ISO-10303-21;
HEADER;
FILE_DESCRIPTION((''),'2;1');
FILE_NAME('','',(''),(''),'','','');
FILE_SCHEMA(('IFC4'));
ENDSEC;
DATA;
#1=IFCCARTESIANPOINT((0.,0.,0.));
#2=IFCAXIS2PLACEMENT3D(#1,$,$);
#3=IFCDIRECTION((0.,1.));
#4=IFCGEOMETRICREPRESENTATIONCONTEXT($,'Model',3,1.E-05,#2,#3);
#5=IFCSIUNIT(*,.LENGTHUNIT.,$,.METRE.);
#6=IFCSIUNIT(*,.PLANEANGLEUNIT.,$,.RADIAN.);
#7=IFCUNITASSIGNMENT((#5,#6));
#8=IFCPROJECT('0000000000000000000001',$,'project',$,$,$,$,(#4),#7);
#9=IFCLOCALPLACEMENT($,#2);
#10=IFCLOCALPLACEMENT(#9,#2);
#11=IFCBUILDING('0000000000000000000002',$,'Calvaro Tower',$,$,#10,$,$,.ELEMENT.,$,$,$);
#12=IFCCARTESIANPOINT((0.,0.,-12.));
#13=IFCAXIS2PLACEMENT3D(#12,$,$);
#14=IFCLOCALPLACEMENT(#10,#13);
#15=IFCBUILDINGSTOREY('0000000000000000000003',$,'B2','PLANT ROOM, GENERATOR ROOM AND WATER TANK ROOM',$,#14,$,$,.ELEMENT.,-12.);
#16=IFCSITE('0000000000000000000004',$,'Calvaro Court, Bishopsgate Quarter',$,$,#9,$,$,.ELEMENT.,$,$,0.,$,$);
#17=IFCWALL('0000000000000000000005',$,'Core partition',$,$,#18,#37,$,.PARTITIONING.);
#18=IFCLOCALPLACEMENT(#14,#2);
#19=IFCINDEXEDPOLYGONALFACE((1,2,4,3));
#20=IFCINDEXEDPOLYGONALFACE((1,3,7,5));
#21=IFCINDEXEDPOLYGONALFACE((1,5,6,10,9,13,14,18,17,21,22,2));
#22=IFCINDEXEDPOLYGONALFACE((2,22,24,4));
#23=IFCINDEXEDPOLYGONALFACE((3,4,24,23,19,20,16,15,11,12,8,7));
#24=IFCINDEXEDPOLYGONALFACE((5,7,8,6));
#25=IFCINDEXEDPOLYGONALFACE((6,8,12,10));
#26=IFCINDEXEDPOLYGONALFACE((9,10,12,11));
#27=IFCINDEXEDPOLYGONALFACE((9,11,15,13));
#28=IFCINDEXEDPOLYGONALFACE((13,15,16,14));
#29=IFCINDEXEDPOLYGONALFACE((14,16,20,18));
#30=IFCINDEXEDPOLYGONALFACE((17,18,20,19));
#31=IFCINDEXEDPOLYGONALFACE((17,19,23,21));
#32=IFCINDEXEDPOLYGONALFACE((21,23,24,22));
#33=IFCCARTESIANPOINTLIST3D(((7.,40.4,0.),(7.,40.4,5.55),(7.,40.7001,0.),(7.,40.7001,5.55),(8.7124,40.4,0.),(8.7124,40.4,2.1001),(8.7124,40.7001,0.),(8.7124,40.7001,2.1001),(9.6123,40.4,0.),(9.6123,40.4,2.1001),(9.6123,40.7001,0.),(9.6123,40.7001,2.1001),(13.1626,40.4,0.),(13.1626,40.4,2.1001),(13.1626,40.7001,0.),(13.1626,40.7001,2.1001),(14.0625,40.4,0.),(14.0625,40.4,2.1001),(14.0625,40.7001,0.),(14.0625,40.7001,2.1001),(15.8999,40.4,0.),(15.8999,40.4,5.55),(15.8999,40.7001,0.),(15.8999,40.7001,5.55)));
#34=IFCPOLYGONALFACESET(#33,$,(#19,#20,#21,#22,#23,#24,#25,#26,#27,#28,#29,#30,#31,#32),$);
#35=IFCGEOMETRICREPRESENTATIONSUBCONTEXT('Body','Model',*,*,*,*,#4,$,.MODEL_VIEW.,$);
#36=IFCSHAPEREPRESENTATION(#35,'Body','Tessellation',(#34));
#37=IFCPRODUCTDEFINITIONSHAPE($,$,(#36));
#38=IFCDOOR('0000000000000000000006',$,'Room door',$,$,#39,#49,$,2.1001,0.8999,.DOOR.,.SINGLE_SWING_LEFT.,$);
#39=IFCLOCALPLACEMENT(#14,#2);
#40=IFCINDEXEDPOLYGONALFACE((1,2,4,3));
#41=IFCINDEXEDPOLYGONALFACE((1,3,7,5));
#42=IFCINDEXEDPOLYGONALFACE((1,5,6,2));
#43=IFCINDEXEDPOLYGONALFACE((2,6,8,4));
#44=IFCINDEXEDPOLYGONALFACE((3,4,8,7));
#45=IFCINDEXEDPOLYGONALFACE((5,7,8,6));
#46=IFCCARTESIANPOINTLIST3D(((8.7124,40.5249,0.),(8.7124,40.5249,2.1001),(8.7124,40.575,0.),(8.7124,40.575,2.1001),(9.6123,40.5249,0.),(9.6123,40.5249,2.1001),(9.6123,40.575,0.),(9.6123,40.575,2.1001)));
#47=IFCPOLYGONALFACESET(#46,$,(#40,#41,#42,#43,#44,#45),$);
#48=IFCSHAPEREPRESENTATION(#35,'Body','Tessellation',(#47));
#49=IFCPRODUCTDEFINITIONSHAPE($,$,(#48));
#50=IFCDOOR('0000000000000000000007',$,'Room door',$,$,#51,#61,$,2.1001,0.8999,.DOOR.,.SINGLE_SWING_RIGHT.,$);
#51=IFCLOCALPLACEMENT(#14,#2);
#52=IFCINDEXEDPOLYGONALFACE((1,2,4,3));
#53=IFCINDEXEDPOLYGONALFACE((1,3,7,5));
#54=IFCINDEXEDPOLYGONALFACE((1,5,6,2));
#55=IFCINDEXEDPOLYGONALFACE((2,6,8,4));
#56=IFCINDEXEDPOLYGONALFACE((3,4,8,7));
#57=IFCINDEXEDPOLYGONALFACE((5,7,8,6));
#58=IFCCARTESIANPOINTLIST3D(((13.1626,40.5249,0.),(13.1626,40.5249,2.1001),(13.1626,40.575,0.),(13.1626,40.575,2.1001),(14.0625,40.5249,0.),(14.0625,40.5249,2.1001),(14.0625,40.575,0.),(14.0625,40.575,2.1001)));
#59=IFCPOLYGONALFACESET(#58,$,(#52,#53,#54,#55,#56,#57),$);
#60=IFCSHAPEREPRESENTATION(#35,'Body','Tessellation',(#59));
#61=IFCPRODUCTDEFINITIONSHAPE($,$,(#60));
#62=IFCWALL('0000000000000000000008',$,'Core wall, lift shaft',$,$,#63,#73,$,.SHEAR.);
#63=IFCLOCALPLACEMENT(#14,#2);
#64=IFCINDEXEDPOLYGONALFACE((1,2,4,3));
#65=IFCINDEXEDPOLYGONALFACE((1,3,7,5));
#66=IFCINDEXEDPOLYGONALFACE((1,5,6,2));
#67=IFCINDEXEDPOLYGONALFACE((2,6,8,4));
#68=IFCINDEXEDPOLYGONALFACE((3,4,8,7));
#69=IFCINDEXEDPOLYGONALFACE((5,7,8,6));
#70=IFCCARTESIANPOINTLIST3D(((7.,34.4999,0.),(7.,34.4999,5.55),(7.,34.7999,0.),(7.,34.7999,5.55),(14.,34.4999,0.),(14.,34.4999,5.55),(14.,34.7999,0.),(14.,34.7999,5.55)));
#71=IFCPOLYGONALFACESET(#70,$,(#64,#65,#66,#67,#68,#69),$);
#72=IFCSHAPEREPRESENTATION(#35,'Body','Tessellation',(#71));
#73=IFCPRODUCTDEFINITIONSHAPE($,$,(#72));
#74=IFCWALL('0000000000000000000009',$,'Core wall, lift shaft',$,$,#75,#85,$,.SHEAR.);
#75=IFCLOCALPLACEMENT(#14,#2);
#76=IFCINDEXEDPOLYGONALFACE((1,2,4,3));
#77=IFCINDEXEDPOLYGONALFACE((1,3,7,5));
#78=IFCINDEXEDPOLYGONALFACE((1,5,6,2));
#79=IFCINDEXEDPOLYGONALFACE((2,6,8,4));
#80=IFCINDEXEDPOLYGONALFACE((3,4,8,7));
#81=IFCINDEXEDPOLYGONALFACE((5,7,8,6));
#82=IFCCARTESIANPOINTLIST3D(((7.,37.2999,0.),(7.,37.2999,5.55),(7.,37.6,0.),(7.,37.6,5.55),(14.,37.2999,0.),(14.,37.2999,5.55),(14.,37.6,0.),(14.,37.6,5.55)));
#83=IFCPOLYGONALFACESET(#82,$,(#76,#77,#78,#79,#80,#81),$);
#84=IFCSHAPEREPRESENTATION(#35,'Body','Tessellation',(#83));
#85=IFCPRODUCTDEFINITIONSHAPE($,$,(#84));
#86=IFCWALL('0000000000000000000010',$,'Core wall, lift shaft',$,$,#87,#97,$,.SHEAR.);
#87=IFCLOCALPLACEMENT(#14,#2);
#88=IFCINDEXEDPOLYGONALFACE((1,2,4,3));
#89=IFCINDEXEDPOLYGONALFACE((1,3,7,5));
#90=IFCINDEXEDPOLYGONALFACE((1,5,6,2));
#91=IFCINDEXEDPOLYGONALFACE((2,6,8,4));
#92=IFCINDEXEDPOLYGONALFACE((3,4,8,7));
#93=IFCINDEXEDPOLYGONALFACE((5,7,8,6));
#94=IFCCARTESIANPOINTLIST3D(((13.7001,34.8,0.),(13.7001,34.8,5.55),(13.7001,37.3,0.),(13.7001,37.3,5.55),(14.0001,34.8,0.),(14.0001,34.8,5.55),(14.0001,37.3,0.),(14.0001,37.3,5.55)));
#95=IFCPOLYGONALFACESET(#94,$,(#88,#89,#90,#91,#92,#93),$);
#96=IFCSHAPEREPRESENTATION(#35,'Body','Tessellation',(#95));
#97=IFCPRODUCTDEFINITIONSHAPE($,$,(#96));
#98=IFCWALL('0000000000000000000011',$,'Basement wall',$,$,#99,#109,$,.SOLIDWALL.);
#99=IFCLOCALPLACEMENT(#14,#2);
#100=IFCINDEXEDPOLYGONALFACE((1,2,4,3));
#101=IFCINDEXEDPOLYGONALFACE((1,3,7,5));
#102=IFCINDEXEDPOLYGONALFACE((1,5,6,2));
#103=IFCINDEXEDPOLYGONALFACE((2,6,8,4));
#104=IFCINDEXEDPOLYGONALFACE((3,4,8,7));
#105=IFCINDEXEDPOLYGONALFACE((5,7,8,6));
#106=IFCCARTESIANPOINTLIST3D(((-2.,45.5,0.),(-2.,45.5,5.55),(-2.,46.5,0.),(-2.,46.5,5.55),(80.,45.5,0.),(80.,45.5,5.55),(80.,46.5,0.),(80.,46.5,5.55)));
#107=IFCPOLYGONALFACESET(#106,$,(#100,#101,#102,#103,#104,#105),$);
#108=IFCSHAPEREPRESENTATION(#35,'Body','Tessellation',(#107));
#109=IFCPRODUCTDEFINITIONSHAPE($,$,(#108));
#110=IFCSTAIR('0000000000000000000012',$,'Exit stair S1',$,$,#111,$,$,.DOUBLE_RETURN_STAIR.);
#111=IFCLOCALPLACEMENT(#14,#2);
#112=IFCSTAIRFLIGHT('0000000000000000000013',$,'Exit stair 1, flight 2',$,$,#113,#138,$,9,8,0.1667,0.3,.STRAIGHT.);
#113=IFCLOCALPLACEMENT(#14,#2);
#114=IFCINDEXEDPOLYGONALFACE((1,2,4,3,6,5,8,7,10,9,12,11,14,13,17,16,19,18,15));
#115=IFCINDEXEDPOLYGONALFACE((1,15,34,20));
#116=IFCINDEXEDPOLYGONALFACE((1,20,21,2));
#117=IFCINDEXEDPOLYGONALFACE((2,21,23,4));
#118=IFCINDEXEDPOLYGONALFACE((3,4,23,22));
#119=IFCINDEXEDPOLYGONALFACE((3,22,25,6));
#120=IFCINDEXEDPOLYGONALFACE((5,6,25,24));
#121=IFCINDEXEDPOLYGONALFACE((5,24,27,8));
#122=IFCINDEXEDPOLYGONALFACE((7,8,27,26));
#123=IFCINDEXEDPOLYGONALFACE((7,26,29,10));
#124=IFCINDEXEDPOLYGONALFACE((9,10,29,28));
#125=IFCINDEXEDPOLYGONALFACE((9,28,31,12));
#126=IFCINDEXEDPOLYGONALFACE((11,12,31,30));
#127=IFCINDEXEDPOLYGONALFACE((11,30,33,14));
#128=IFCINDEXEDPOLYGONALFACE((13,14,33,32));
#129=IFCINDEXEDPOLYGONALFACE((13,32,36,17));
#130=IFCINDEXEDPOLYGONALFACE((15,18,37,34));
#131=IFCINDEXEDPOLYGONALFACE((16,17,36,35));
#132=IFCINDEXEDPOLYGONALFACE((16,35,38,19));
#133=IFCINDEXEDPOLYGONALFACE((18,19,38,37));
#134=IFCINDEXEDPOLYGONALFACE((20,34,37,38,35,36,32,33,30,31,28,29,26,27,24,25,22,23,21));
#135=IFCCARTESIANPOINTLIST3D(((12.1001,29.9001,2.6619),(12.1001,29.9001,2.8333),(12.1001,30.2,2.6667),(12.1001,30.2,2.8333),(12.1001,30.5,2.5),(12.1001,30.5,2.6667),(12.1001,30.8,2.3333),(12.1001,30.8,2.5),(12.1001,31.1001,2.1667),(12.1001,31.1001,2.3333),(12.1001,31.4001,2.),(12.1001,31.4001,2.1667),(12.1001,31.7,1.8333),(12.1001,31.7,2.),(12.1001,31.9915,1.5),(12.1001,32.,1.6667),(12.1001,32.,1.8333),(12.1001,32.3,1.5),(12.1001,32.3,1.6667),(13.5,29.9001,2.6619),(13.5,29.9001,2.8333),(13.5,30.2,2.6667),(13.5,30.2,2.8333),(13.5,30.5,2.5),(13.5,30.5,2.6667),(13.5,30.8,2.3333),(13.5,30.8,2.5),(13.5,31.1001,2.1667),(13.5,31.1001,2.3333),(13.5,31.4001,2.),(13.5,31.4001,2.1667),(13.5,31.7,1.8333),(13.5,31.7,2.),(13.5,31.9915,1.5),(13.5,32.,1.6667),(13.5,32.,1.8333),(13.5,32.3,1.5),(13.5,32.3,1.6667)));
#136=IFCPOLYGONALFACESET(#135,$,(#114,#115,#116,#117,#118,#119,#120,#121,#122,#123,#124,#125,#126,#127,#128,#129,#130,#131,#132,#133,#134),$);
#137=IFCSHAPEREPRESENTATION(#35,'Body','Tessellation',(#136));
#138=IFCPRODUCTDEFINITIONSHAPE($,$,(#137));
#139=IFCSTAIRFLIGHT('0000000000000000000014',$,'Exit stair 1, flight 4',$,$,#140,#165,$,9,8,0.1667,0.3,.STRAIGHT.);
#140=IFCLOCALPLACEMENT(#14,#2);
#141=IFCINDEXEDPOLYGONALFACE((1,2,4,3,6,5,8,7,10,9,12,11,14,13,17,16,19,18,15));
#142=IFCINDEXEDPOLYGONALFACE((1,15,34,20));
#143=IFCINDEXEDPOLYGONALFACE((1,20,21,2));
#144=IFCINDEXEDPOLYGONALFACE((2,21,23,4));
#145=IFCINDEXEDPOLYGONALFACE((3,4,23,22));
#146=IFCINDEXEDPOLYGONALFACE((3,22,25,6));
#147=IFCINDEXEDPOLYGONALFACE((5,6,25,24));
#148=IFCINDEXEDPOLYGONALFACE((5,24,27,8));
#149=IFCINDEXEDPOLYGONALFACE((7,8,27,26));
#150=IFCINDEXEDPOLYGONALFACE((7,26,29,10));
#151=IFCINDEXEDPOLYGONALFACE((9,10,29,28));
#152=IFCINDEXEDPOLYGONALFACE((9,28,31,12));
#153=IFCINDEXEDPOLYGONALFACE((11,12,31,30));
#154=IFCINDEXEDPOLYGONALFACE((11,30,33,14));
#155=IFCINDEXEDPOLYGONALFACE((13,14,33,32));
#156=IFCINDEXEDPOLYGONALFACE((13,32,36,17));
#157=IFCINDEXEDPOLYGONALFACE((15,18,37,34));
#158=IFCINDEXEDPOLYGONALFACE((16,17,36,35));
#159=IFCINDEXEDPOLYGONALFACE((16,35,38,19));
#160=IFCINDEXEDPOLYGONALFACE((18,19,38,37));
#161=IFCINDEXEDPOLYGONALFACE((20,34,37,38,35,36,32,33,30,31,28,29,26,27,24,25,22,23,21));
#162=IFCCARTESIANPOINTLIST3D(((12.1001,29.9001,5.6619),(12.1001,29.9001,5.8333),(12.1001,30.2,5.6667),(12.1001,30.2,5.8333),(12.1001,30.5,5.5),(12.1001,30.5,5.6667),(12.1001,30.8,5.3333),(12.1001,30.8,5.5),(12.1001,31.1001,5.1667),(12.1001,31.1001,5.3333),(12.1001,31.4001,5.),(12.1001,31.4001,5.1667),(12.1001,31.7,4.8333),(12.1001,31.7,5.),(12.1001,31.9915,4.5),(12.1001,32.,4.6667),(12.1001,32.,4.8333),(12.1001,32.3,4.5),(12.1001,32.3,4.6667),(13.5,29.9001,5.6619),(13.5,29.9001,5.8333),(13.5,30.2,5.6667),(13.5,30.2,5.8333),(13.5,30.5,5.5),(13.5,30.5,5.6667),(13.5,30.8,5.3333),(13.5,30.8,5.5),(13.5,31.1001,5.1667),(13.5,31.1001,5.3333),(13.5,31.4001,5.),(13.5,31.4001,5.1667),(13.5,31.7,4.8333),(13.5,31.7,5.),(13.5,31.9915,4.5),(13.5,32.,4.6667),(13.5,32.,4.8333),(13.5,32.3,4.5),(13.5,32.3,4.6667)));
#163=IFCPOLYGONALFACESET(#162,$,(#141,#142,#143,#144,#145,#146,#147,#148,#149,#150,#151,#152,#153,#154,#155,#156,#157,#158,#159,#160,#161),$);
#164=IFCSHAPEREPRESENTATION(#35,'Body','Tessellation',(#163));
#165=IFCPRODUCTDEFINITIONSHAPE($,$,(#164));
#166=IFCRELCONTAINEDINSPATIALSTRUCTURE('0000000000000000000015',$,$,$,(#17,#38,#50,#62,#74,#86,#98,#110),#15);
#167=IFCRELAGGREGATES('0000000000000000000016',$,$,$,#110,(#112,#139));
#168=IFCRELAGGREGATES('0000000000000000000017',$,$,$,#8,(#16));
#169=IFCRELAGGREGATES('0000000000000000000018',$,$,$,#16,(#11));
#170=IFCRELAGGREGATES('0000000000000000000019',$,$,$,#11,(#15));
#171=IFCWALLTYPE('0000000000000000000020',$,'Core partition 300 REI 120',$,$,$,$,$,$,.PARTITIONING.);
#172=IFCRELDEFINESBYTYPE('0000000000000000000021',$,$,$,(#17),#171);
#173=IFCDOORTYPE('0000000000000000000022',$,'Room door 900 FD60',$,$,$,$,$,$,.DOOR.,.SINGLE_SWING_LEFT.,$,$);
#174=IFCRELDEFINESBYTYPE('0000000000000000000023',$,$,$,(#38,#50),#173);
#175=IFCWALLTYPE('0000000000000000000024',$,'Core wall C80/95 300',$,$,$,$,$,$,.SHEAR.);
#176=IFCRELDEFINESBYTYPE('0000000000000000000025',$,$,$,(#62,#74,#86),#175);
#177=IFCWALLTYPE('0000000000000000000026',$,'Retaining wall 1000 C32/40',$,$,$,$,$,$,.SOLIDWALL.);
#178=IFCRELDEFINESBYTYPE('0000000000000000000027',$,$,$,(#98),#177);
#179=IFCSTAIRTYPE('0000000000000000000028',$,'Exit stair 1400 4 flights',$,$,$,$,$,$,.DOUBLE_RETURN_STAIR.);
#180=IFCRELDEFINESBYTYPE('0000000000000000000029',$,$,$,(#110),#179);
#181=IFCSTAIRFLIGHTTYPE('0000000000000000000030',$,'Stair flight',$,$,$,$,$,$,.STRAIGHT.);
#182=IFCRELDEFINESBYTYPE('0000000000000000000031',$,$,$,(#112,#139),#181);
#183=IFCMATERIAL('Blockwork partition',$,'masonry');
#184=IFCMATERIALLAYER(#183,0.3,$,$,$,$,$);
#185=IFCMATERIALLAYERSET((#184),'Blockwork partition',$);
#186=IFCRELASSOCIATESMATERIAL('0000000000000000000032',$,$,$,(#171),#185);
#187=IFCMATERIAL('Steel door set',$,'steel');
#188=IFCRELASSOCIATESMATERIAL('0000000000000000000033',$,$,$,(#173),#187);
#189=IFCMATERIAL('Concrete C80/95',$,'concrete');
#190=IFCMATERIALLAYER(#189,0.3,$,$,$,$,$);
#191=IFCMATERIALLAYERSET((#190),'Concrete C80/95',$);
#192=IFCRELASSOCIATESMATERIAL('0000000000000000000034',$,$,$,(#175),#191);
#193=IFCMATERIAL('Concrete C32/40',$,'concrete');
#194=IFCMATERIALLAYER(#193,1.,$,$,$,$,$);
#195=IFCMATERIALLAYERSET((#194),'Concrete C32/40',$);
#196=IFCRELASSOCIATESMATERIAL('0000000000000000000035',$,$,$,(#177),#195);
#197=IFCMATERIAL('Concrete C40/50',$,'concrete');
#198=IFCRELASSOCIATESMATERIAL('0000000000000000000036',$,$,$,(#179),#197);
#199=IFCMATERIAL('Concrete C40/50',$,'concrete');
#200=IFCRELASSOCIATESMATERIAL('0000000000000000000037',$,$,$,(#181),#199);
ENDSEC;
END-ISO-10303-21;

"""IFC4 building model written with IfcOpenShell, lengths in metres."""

from ifc_helpers import new_model, si_unit, direction, frame, frame_2d, origin, place, context, subcontext, project, spatial, polyline, rectangle, outline, extrude, material, layer, layer_set, type_object, element, fill, aggregate, save


model = new_model("IFC4")

# Units and contexts
model_context = context("Model", 3, precision=1e-05, world=origin(), true_north=direction((0.0, 1.0)))
body_context = subcontext(model_context, "Body", "Model", "MODEL_VIEW")
ifc_project = project(units=[si_unit("LENGTHUNIT", "METRE"), si_unit("PLANEANGLEUNIT", "RADIAN")], contexts=[model_context])

# Site, building, storey
site_placement = place(None, origin())
site = spatial("IfcSite", under=ifc_project, at=site_placement, Name="Calvaro Court, Bishopsgate Quarter", CompositionType="ELEMENT", RefElevation=0.0)
building_placement = place(site_placement, origin())
building = spatial("IfcBuilding", under=site, at=building_placement, Name="Calvaro Tower", CompositionType="ELEMENT")
storey_placement = place(building_placement, frame((0.0, 0.0, -12.0)))
storey = spatial("IfcBuildingStorey", under=building, at=storey_placement, Name="B2", Description="PLANT ROOM, GENERATOR ROOM AND WATER TANK ROOM", CompositionType="ELEMENT", Elevation=-12.0)

# Wall, openings, doors
ifc_material_1 = material(Name="Blockwork partition", Category="masonry")
ifc_layer_1 = layer(ifc_material_1, 0.3)
ifc_layer_set_1 = layer_set([ifc_layer_1], Name="Blockwork partition")
wall_type_1 = type_object("IfcWallType", Name="Core partition 300 REI 120", PredefinedType="PARTITIONING", material=ifc_layer_set_1)
wall_1_placement = place(storey_placement, frame((7.0, 40.55, 0.0), z_axis=(0.0, 0.0, 1.0), x_axis=(1.0, 0.0, 0.0)))
wall_1 = element("IfcWall", 1, at=wall_1_placement, inside=storey, type_object=wall_type_1, Name="Core partition", PredefinedType="PARTITIONING", context=body_context, shape_type="SweptSolid", body=[
    extrude(rectangle(XDim=8.8999, YDim=0.3, at=frame_2d((4.45, 0.0))), origin(), (0.0, 0.0, 1.0), 5.55),
])
opening_1_placement = place(wall_1_placement, frame((1.7124, 0.0, 0.0)))
opening_1 = element("IfcOpeningElement", 2, at=opening_1_placement, cuts=wall_1, PredefinedType="OPENING", context=body_context, shape_type="SweptSolid", body=[
    extrude(rectangle(XDim=0.8999, YDim=2.1001, at=frame_2d((0.45, 1.05))), frame((0.0, 0.1599, 0.0), z_axis=(0.0, -1.0, 0.0), x_axis=(1.0, 0.0, 0.0)), (0.0, 0.0, 1.0), 0.3201),
])
opening_2_placement = place(wall_1_placement, frame((6.1626, 0.0, 0.0)))
opening_2 = element("IfcOpeningElement", 3, at=opening_2_placement, cuts=wall_1, PredefinedType="OPENING", context=body_context, shape_type="SweptSolid", body=[
    extrude(rectangle(XDim=0.8999, YDim=2.1001, at=frame_2d((0.45, 1.05))), frame((0.0, 0.1599, 0.0), z_axis=(0.0, -1.0, 0.0), x_axis=(1.0, 0.0, 0.0)), (0.0, 0.0, 1.0), 0.3201),
])
ifc_material_2 = material(Name="Steel door set", Category="steel")
door_type = type_object("IfcDoorType", Name="Room door 900 FD60", OperationType="SINGLE_SWING_LEFT", PredefinedType="DOOR", material=ifc_material_2)
door_1_placement = place(opening_1_placement, origin())
door_1 = element("IfcDoor", 4, at=door_1_placement, inside=storey, type_object=door_type, Name="Room door", OperationType="SINGLE_SWING_LEFT", OverallHeight=2.1001, OverallWidth=0.8999, PredefinedType="DOOR", context=body_context, shape_type="SweptSolid", body=[
    extrude(rectangle(XDim=0.8999, YDim=2.1001, at=frame_2d((0.45, 1.05))), frame((0.0, 0.0249, 0.0), z_axis=(0.0, -1.0, 0.0), x_axis=(1.0, 0.0, 0.0)), (0.0, 0.0, 1.0), 0.05),
])
fill(opening_1, door_1)
door_2_placement = place(opening_2_placement, origin())
door_2 = element("IfcDoor", 5, at=door_2_placement, inside=storey, type_object=door_type, Name="Room door", OperationType="SINGLE_SWING_RIGHT", OverallHeight=2.1001, OverallWidth=0.8999, PredefinedType="DOOR", context=body_context, shape_type="SweptSolid", body=[
    extrude(rectangle(XDim=0.8999, YDim=2.1001, at=frame_2d((0.45, 1.05))), frame((0.0, 0.0249, 0.0), z_axis=(0.0, -1.0, 0.0), x_axis=(1.0, 0.0, 0.0)), (0.0, 0.0, 1.0), 0.05),
])
fill(opening_2, door_2)

# Walls
ifc_material_3 = material(Name="Concrete C80/95", Category="concrete")
ifc_layer_2 = layer(ifc_material_3, 0.3)
ifc_layer_set_2 = layer_set([ifc_layer_2], Name="Concrete C80/95")
wall_type_2 = type_object("IfcWallType", Name="Core wall C80/95 300", PredefinedType="SHEAR", material=ifc_layer_set_2)
for number, where, z_axis, x_axis, name in (
    (6, (7.0, 34.6499, 0.0), (0.0, 0.0, 1.0), (1.0, 0.0, 0.0), "Core wall, lift shaft"),
    (7, (7.0, 37.45, 0.0), (0.0, 0.0, 1.0), (1.0, 0.0, 0.0), "Core wall, lift shaft"),
):
    element("IfcWall", number, at=place(storey_placement, frame(where, z_axis=z_axis, x_axis=x_axis)), inside=storey, type_object=wall_type_2, Name=name, PredefinedType="SHEAR", context=body_context, shape_type="SweptSolid", body=[
        extrude(rectangle(XDim=7.0, YDim=0.3, at=frame_2d((3.5, 0.0))), origin(), (0.0, 0.0, 1.0), 5.55),
    ])
wall_2_placement = place(storey_placement, frame((13.8501, 34.8, 0.0), z_axis=(0.0, 0.0, 1.0), x_axis=(0.0, 1.0, 0.0)))
element("IfcWall", 8, at=wall_2_placement, inside=storey, type_object=wall_type_2, Name="Core wall, lift shaft", PredefinedType="SHEAR", context=body_context, shape_type="SweptSolid", body=[
    extrude(rectangle(XDim=2.5, YDim=0.3, at=frame_2d((1.25, 0.0))), origin(), (0.0, 0.0, 1.0), 5.55),
])
ifc_material_4 = material(Name="Concrete C32/40", Category="concrete")
ifc_layer_3 = layer(ifc_material_4, 1.0)
ifc_layer_set_3 = layer_set([ifc_layer_3], Name="Concrete C32/40")
wall_type_3 = type_object("IfcWallType", Name="Retaining wall 1000 C32/40", PredefinedType="SOLIDWALL", material=ifc_layer_set_3)
wall_3_placement = place(storey_placement, frame((-2.0, 46.0, 0.0), z_axis=(0.0, 0.0, 1.0), x_axis=(1.0, 0.0, 0.0)))
element("IfcWall", 9, at=wall_3_placement, inside=storey, type_object=wall_type_3, Name="Basement wall", PredefinedType="SOLIDWALL", context=body_context, shape_type="SweptSolid", body=[
    extrude(rectangle(XDim=82.0, YDim=1.0, at=frame_2d((41.0, 0.0))), origin(), (0.0, 0.0, 1.0), 5.55),
])

# Stair, stair flights
ifc_material_5 = material(Name="Concrete C40/50", Category="concrete")
stair_type = type_object("IfcStairType", Name="Exit stair 1400 4 flights", PredefinedType="DOUBLE_RETURN_STAIR", material=ifc_material_5)
stair_placement = place(storey_placement, origin())
stair = element("IfcStair", 10, at=stair_placement, inside=storey, type_object=stair_type, Name="Exit stair S1", PredefinedType="DOUBLE_RETURN_STAIR")
ifc_material_6 = material(Name="Concrete C40/50", Category="concrete")
stair_flight_type = type_object("IfcStairFlightType", Name="Stair flight", PredefinedType="STRAIGHT", material=ifc_material_6)
stair_flight_1_placement = place(storey_placement, frame((12.8, 32.3, 1.5), z_axis=(0.0, 0.0, 1.0), x_axis=(0.0, -1.0, 0.0)))
stair_flight_1 = element("IfcStairFlight", 11, at=stair_flight_1_placement, type_object=stair_flight_type, Name="Exit stair 1, flight 2", NumberOfRisers=9, NumberOfTreads=8, PredefinedType="STRAIGHT", RiserHeight=0.1667, TreadLength=0.3, context=body_context, shape_type="SweptSolid", body=[
    extrude(outline(polyline([(0.0, 0.0), (0.0, 0.1667), (0.3, 0.1667), (0.3, 0.3333), (0.6001, 0.3333), (0.6001, 0.5), (0.8999, 0.5), (0.8999, 0.6667), (1.2, 0.6667), (1.2, 0.8333), (1.5, 0.8333), (1.5, 1.0), (1.8, 1.0), (1.8, 1.1667), (2.1001, 1.1667), (2.1001, 1.3333), (2.3999, 1.3333), (2.3999, 1.5), (2.3999, 1.1619), (0.3086, 0.0), (0.0, 0.0)])), frame((0.0, 0.7, 0.0), z_axis=(0.0, -1.0, 0.0), x_axis=(1.0, 0.0, 0.0)), (0.0, 0.0, 1.0), 1.3999),
])
stair_flight_2_placement = place(storey_placement, frame((12.8, 32.3, 4.5), z_axis=(0.0, 0.0, 1.0), x_axis=(0.0, -1.0, 0.0)))
stair_flight_2 = element("IfcStairFlight", 12, at=stair_flight_2_placement, type_object=stair_flight_type, Name="Exit stair 1, flight 4", NumberOfRisers=9, NumberOfTreads=8, PredefinedType="STRAIGHT", RiserHeight=0.1667, TreadLength=0.3, context=body_context, shape_type="SweptSolid", body=[
    extrude(outline(polyline([(0.0, 0.0), (0.0, 0.1667), (0.3, 0.1667), (0.3, 0.3333), (0.6001, 0.3333), (0.6001, 0.5), (0.8999, 0.5), (0.8999, 0.6667), (1.2, 0.6667), (1.2, 0.8333), (1.5, 0.8333), (1.5, 1.0), (1.8, 1.0), (1.8, 1.1667), (2.1001, 1.1667), (2.1001, 1.3333), (2.3999, 1.3333), (2.3999, 1.5), (2.3999, 1.1619), (0.3086, 0.0), (0.0, 0.0)])), frame((0.0, 0.7, 0.0), z_axis=(0.0, -1.0, 0.0), x_axis=(1.0, 0.0, 0.0)), (0.0, 0.0, 1.0), 1.3999),
])
aggregate(stair, [stair_flight_1, stair_flight_2])

save(model, "model.ifc")
